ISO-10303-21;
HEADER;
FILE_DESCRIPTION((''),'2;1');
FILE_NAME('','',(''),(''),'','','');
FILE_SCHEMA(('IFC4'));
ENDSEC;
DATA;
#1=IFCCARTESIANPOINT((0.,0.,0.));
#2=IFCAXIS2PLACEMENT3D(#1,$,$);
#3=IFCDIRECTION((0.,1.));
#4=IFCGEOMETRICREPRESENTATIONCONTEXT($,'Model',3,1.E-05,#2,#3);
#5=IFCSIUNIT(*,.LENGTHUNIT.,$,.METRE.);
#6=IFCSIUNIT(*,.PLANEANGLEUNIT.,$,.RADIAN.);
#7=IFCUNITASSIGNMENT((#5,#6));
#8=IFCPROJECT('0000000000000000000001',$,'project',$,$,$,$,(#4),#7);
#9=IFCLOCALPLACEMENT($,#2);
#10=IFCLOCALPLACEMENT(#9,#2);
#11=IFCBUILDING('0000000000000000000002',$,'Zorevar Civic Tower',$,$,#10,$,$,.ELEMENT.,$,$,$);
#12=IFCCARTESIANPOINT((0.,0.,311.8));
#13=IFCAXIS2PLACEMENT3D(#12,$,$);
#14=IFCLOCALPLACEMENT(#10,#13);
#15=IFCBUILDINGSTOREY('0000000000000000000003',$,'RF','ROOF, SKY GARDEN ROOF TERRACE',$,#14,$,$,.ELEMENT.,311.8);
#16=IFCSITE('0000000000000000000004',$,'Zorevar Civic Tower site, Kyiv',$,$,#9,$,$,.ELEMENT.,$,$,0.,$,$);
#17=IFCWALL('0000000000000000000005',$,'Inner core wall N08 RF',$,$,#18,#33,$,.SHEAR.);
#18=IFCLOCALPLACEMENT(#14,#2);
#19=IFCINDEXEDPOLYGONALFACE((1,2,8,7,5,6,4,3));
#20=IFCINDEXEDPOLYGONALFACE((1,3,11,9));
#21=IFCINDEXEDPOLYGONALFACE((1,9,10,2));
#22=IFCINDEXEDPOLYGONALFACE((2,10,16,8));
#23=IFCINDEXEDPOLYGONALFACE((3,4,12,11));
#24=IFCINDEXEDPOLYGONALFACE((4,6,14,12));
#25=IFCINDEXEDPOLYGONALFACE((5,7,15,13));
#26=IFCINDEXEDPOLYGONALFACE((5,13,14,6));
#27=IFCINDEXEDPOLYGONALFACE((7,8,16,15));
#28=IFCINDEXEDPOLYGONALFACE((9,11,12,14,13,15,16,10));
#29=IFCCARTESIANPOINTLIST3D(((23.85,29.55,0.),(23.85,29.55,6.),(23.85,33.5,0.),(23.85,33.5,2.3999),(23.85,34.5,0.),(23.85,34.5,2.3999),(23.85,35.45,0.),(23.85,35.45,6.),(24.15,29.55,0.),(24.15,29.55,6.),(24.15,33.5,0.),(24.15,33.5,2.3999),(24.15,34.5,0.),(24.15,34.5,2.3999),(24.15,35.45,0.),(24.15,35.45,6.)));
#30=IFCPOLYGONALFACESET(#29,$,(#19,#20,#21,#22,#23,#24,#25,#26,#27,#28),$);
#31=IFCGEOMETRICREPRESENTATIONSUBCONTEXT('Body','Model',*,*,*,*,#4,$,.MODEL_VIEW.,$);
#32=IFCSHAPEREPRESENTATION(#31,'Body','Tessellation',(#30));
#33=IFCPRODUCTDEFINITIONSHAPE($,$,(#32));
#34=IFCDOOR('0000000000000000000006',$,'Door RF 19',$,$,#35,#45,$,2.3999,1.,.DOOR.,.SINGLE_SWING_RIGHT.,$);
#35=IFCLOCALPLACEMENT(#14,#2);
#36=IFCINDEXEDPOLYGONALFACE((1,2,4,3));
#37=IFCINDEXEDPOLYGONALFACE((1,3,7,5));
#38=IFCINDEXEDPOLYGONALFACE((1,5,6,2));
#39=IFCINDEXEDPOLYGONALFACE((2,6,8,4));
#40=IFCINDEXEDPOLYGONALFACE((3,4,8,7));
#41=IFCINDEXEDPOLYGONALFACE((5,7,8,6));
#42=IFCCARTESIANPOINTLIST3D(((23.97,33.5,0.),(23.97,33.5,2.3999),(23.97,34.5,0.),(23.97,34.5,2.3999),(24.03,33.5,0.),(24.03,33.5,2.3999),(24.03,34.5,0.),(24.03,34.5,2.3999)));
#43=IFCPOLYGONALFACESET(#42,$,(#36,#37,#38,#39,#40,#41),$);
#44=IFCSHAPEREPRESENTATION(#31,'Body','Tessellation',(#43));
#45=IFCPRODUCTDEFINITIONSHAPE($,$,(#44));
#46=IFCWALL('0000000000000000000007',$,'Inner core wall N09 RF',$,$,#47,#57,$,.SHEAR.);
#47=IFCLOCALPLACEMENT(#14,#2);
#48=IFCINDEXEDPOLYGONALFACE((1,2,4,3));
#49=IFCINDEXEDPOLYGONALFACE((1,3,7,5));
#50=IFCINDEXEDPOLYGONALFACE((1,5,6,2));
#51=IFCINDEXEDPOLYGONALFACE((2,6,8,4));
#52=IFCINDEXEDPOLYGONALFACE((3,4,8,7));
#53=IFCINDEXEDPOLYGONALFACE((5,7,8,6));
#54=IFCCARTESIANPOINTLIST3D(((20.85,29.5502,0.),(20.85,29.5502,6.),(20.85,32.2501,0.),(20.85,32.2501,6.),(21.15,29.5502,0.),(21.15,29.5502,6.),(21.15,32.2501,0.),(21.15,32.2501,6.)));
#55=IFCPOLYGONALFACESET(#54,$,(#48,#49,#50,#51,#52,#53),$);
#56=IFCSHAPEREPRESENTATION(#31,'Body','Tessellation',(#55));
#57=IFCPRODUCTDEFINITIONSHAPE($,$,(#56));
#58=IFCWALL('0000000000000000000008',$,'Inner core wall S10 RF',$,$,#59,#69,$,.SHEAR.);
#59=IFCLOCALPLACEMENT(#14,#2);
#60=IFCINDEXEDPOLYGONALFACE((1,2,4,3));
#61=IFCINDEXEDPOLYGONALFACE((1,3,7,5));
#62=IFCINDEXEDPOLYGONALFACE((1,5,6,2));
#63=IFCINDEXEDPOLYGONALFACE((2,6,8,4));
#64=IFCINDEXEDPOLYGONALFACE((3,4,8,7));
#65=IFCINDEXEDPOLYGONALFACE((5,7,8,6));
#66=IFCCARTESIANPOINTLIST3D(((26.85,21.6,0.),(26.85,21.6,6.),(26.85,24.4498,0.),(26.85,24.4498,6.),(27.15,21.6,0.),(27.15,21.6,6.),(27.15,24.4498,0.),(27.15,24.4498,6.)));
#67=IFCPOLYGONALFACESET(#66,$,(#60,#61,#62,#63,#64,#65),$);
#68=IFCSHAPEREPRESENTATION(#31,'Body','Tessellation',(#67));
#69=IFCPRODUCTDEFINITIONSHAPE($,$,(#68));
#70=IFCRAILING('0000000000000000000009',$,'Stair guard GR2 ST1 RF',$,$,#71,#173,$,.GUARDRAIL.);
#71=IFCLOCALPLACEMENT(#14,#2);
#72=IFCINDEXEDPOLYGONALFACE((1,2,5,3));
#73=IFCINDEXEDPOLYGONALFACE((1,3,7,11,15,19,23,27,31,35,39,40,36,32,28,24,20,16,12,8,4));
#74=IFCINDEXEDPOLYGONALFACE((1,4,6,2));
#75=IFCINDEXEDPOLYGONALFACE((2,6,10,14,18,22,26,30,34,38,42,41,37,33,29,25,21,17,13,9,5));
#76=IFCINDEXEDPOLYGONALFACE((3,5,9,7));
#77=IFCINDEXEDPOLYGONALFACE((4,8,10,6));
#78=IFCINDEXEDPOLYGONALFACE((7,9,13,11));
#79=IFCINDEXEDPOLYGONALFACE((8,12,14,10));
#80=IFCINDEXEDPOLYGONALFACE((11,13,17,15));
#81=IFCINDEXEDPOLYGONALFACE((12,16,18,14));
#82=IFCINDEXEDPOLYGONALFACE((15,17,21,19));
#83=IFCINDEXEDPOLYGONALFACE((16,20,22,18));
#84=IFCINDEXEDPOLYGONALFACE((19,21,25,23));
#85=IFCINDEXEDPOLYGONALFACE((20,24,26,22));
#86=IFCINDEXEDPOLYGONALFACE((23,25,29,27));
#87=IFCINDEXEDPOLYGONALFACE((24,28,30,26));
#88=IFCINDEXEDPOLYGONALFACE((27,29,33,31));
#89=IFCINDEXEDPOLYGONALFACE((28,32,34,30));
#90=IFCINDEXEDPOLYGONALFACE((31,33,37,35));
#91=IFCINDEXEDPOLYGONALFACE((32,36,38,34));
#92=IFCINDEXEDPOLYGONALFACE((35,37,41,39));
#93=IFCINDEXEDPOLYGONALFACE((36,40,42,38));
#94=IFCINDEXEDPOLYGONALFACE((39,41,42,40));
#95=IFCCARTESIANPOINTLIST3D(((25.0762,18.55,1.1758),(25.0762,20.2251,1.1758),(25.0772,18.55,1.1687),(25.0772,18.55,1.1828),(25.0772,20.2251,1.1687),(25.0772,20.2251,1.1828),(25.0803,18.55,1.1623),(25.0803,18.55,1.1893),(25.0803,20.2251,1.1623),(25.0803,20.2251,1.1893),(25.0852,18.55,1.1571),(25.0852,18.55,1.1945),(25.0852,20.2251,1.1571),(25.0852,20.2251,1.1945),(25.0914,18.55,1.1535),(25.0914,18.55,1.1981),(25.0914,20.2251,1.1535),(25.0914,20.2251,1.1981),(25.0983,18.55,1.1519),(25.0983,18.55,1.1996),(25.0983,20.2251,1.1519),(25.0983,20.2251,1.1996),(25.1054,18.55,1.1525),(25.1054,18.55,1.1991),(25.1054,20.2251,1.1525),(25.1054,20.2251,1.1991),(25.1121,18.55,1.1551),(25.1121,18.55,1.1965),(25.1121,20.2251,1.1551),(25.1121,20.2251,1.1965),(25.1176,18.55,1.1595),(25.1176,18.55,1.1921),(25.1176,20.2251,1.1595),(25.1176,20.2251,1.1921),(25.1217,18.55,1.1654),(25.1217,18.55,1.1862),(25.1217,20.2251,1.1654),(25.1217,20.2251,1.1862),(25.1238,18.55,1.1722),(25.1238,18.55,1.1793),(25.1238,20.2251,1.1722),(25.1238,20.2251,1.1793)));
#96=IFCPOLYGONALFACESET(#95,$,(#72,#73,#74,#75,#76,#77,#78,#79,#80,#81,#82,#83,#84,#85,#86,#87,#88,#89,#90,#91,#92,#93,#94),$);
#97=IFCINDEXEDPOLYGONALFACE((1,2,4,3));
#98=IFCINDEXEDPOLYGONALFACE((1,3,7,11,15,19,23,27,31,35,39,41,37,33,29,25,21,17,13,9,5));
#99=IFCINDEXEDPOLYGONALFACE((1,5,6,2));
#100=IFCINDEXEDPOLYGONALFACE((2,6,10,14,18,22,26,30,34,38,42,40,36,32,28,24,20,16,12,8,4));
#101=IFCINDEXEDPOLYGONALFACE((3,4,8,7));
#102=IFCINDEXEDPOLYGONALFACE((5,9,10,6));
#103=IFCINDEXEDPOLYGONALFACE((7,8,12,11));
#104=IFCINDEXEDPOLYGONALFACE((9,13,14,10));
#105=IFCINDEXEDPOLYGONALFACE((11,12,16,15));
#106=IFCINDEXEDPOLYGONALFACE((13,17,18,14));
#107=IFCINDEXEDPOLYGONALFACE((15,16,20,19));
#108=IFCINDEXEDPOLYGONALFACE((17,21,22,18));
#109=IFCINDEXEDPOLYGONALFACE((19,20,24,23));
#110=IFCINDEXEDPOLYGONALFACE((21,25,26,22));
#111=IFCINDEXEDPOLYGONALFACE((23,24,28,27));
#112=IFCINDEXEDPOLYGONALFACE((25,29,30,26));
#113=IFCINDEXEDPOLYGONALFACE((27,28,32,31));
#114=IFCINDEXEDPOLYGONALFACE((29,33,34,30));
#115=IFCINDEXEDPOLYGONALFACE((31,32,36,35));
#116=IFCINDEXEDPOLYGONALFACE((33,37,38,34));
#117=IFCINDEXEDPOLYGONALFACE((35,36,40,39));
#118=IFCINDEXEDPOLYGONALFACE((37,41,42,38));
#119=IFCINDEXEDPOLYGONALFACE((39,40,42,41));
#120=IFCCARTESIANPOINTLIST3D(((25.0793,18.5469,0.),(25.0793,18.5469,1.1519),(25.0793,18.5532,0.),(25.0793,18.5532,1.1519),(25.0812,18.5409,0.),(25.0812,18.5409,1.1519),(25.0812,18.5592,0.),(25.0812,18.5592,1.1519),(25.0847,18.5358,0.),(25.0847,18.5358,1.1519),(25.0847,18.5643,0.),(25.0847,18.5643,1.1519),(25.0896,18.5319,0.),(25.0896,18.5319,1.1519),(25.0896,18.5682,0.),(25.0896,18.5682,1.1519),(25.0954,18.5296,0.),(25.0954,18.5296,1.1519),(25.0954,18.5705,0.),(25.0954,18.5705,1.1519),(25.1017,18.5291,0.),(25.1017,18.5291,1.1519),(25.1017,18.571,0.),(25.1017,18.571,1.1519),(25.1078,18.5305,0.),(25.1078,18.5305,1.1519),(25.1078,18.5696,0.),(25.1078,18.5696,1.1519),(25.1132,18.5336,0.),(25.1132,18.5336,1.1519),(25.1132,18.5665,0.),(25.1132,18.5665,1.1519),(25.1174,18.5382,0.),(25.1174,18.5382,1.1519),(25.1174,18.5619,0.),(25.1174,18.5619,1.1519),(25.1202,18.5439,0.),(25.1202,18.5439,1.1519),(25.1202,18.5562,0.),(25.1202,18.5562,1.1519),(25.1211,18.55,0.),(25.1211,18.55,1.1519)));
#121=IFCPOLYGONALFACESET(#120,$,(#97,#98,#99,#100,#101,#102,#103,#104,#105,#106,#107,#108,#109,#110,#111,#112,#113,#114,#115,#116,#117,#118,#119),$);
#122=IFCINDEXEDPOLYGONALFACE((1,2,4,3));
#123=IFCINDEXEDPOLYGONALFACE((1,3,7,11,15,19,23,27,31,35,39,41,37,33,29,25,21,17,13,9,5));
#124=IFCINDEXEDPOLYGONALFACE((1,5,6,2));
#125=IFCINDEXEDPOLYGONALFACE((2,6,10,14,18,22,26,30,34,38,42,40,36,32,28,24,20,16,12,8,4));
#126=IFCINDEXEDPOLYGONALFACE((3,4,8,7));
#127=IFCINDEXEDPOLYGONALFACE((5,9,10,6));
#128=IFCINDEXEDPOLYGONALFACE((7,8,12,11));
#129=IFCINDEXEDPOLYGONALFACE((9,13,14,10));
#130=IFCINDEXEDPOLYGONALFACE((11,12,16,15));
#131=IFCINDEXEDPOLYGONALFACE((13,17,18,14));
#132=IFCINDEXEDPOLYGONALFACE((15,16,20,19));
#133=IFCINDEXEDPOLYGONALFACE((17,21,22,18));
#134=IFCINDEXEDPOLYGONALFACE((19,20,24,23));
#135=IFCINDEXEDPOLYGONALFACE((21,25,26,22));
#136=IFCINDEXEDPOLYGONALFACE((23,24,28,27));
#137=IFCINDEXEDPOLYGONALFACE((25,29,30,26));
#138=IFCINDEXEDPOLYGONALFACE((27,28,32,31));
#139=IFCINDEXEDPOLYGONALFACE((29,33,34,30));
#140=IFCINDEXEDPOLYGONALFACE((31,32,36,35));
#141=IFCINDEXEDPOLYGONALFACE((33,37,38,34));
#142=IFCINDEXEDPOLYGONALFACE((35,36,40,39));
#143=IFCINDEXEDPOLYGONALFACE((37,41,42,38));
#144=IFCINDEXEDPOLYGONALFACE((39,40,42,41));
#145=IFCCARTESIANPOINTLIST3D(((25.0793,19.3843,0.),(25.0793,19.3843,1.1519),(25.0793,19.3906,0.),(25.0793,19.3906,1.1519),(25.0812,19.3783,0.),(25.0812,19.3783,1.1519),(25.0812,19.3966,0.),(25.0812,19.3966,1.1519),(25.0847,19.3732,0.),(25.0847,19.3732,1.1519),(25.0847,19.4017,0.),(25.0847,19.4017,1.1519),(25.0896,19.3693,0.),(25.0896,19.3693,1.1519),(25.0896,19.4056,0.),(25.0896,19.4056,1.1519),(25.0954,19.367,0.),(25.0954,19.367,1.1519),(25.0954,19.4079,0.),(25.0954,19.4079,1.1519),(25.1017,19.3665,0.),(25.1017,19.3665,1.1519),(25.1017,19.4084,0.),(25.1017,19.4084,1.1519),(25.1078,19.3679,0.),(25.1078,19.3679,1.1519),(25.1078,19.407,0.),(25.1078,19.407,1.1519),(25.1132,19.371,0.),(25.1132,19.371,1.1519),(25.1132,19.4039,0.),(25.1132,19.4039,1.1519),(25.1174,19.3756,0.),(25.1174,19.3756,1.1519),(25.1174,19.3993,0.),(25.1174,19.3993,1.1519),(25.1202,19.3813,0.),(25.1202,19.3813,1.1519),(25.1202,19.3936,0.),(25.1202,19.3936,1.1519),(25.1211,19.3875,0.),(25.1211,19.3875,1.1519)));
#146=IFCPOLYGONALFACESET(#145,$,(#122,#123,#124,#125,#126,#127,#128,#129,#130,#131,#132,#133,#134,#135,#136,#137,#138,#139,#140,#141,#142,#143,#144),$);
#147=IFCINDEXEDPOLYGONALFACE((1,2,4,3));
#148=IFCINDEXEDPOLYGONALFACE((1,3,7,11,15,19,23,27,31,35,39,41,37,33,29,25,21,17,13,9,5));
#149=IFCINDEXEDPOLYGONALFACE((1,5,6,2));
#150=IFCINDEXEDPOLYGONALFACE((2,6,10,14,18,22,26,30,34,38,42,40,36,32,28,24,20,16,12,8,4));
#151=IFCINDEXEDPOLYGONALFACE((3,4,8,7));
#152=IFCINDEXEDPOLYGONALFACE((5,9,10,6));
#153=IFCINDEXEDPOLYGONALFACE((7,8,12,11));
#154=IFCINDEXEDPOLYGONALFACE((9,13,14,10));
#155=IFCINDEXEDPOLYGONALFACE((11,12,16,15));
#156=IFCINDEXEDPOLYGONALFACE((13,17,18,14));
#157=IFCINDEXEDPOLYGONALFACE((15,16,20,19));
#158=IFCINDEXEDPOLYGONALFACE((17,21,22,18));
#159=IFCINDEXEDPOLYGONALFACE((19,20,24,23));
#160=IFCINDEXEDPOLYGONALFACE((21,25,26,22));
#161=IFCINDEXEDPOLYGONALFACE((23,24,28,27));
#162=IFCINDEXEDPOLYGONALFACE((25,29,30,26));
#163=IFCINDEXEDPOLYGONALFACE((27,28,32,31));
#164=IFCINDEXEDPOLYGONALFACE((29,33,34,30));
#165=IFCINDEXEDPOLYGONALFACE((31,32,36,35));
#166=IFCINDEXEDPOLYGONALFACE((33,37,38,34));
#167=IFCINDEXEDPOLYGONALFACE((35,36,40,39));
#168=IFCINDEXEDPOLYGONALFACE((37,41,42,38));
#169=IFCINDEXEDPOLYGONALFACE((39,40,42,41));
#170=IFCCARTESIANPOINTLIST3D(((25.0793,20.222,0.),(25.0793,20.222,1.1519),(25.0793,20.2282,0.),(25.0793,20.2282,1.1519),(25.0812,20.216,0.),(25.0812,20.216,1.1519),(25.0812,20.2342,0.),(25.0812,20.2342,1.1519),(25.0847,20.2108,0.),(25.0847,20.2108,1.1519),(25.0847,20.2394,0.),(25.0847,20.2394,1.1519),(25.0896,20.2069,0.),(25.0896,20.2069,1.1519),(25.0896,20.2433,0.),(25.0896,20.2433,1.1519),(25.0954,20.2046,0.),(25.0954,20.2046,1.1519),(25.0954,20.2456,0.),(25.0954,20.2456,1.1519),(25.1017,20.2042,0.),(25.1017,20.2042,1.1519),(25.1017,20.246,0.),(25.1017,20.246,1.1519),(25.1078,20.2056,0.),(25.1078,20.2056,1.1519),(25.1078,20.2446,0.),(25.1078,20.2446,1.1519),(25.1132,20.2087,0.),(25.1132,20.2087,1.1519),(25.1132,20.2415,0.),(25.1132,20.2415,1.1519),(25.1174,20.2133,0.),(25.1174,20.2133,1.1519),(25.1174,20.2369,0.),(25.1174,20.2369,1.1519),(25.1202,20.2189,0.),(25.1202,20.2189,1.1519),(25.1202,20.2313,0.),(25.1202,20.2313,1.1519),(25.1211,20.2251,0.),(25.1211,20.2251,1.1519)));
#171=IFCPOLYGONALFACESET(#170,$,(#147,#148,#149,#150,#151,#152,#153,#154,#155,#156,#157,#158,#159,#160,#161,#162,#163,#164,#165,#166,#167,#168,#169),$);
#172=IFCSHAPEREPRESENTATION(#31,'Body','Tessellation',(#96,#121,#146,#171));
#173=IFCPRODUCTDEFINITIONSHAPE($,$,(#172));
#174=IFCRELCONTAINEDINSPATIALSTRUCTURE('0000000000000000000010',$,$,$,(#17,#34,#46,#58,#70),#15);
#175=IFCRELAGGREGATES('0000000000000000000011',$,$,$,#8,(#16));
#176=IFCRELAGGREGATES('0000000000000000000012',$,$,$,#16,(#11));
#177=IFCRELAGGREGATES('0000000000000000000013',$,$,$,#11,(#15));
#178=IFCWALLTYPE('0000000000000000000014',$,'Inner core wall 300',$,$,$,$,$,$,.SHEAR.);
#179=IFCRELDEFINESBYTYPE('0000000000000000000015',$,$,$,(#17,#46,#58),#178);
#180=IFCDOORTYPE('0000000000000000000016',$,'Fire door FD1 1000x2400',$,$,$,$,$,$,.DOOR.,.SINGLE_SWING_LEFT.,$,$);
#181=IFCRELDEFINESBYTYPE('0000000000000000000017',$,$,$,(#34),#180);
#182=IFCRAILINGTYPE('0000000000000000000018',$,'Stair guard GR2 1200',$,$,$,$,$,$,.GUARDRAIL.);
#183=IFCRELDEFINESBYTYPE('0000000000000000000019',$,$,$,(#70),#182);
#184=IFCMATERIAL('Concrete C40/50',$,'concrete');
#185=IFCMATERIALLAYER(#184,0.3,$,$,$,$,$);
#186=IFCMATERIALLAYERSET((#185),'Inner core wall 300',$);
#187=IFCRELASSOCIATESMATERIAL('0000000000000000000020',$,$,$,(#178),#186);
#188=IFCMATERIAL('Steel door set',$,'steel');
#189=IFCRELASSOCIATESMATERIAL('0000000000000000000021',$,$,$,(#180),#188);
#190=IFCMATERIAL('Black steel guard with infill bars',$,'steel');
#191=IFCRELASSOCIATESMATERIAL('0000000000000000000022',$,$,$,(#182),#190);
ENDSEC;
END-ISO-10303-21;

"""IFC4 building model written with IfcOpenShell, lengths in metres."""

from ifc_helpers import new_model, si_unit, direction, frame, frame_2d, origin, origin_2d, place, context, subcontext, project, spatial, rectangle, circle, extrude, material, layer, layer_set, type_object, element, fill, save


model = new_model("IFC4")

# Units and contexts
model_context = context("Model", 3, precision=1e-05, world=origin(), true_north=direction((0.0, 1.0)))
body_context = subcontext(model_context, "Body", "Model", "MODEL_VIEW")
ifc_project = project(units=[si_unit("LENGTHUNIT", "METRE"), si_unit("PLANEANGLEUNIT", "RADIAN")], contexts=[model_context])

# Site, building, storey
site_placement = place(None, origin())
site = spatial("IfcSite", under=ifc_project, at=site_placement, Name="Zorevar Civic Tower site, Kyiv", CompositionType="ELEMENT", RefElevation=0.0)
building_placement = place(site_placement, origin())
building = spatial("IfcBuilding", under=site, at=building_placement, Name="Zorevar Civic Tower", CompositionType="ELEMENT")
storey_placement = place(building_placement, frame((0.0, 0.0, 311.8)))
storey = spatial("IfcBuildingStorey", under=building, at=storey_placement, Name="RF", Description="ROOF, SKY GARDEN ROOF TERRACE", CompositionType="ELEMENT", Elevation=311.8)

# Shared definitions
ifc_material_1 = material(Name="Concrete C40/50", Category="concrete")
ifc_layer = layer(ifc_material_1, 0.3)
ifc_layer_set = layer_set([ifc_layer], Name="Inner core wall 300")
wall_type = type_object("IfcWallType", Name="Inner core wall 300", PredefinedType="SHEAR", material=ifc_layer_set)

# Shared definitions
ifc_material_2 = material(Name="Steel door set", Category="steel")
door_type_1 = type_object("IfcDoorType", Name="Fire door FD1 1000x2400", OperationType="SINGLE_SWING_LEFT", PredefinedType="DOOR", material=ifc_material_2)

# Wall, opening, door
wall_1_placement = place(storey_placement, frame((24.0, 29.55, 0.0), z_axis=(0.0, 0.0, 1.0), x_axis=(0.0, 1.0, 0.0)))
wall_1 = element("IfcWall", 1, at=wall_1_placement, inside=storey, type_object=wall_type, Name="Inner core wall N08 RF", PredefinedType="SHEAR", context=body_context, shape_type="SweptSolid", body=[
    extrude(rectangle(XDim=5.8999, YDim=0.3, at=frame_2d((2.95, 0.0))), origin(), (0.0, 0.0, 1.0), 6.0),
])
opening_1_placement = place(wall_1_placement, frame((3.95, 0.0, 0.0)))
opening_1 = element("IfcOpeningElement", 2, at=opening_1_placement, cuts=wall_1, PredefinedType="OPENING", context=body_context, shape_type="SweptSolid", body=[
    extrude(rectangle(XDim=1.0, YDim=2.3999, at=frame_2d((0.5, 1.2))), frame((0.0, 0.1599, 0.0), z_axis=(0.0, -1.0, 0.0), x_axis=(1.0, 0.0, 0.0)), (0.0, 0.0, 1.0), 0.3201),
])
door_1_placement = place(opening_1_placement, origin())
door_1 = element("IfcDoor", 3, at=door_1_placement, inside=storey, type_object=door_type_1, Name="Door RF 19", OperationType="SINGLE_SWING_RIGHT", OverallHeight=2.3999, OverallWidth=1.0, PredefinedType="DOOR", context=body_context, shape_type="SweptSolid", body=[
    extrude(rectangle(XDim=1.0, YDim=2.3999, at=frame_2d((0.5, 1.2))), frame((0.0, 0.03, 0.0), z_axis=(0.0, -1.0, 0.0), x_axis=(1.0, 0.0, 0.0)), (0.0, 0.0, 1.0), 0.0601),
])
fill(opening_1, door_1)

# Walls
wall_2_placement = place(storey_placement, frame((21.0, 29.55, 0.0), z_axis=(0.0, 0.0, 1.0), x_axis=(0.0, 1.0, 0.0)))
element("IfcWall", 4, at=wall_2_placement, inside=storey, type_object=wall_type, Name="Inner core wall N09 RF", PredefinedType="SHEAR", context=body_context, shape_type="SweptSolid", body=[
    extrude(rectangle(XDim=2.7, YDim=0.3, at=frame_2d((1.3501, 0.0))), origin(), (0.0, 0.0, 1.0), 6.0),
])
wall_3_placement = place(storey_placement, frame((27.0, 21.6001, 0.0), z_axis=(0.0, 0.0, 1.0), x_axis=(0.0, 1.0, 0.0)))
element("IfcWall", 5, at=wall_3_placement, inside=storey, type_object=wall_type, Name="Inner core wall S10 RF", PredefinedType="SHEAR", context=body_context, shape_type="SweptSolid", body=[
    extrude(rectangle(XDim=2.8499, YDim=0.3, at=frame_2d((1.4248, 0.0))), origin(), (0.0, 0.0, 1.0), 6.0),
])

# Railing
ifc_material_3 = material(Name="Black steel guard with infill bars", Category="steel")
railing_type = type_object("IfcRailingType", Name="Stair guard GR2 1200", PredefinedType="GUARDRAIL", material=ifc_material_3)
railing_placement = place(storey_placement, frame((25.1001, 18.55, 0.0)))
element("IfcRailing", 6, at=railing_placement, inside=storey, type_object=railing_type, Name="Stair guard GR2 ST1 RF", PredefinedType="GUARDRAIL", context=body_context, shape_type="SweptSolid", body=[
    extrude(circle(Radius=0.0239, at=origin_2d()), frame((0.0, 0.0, 1.1758), z_axis=(0.0, 1.0, 0.0), x_axis=(-1.0, 0.0, 0.0)), (0.0, 0.0, 1.0), 1.675),
    extrude(circle(Radius=0.021, at=origin_2d()), origin(), (0.0, 0.0, 1.0), 1.1519),
    extrude(circle(Radius=0.021, at=origin_2d()), frame((0.0, 0.8374, 0.0)), (0.0, 0.0, 1.0), 1.1519),
    extrude(circle(Radius=0.021, at=origin_2d()), frame((0.0, 1.675, 0.0)), (0.0, 0.0, 1.0), 1.1519),
])

save(model, "model.ifc")
